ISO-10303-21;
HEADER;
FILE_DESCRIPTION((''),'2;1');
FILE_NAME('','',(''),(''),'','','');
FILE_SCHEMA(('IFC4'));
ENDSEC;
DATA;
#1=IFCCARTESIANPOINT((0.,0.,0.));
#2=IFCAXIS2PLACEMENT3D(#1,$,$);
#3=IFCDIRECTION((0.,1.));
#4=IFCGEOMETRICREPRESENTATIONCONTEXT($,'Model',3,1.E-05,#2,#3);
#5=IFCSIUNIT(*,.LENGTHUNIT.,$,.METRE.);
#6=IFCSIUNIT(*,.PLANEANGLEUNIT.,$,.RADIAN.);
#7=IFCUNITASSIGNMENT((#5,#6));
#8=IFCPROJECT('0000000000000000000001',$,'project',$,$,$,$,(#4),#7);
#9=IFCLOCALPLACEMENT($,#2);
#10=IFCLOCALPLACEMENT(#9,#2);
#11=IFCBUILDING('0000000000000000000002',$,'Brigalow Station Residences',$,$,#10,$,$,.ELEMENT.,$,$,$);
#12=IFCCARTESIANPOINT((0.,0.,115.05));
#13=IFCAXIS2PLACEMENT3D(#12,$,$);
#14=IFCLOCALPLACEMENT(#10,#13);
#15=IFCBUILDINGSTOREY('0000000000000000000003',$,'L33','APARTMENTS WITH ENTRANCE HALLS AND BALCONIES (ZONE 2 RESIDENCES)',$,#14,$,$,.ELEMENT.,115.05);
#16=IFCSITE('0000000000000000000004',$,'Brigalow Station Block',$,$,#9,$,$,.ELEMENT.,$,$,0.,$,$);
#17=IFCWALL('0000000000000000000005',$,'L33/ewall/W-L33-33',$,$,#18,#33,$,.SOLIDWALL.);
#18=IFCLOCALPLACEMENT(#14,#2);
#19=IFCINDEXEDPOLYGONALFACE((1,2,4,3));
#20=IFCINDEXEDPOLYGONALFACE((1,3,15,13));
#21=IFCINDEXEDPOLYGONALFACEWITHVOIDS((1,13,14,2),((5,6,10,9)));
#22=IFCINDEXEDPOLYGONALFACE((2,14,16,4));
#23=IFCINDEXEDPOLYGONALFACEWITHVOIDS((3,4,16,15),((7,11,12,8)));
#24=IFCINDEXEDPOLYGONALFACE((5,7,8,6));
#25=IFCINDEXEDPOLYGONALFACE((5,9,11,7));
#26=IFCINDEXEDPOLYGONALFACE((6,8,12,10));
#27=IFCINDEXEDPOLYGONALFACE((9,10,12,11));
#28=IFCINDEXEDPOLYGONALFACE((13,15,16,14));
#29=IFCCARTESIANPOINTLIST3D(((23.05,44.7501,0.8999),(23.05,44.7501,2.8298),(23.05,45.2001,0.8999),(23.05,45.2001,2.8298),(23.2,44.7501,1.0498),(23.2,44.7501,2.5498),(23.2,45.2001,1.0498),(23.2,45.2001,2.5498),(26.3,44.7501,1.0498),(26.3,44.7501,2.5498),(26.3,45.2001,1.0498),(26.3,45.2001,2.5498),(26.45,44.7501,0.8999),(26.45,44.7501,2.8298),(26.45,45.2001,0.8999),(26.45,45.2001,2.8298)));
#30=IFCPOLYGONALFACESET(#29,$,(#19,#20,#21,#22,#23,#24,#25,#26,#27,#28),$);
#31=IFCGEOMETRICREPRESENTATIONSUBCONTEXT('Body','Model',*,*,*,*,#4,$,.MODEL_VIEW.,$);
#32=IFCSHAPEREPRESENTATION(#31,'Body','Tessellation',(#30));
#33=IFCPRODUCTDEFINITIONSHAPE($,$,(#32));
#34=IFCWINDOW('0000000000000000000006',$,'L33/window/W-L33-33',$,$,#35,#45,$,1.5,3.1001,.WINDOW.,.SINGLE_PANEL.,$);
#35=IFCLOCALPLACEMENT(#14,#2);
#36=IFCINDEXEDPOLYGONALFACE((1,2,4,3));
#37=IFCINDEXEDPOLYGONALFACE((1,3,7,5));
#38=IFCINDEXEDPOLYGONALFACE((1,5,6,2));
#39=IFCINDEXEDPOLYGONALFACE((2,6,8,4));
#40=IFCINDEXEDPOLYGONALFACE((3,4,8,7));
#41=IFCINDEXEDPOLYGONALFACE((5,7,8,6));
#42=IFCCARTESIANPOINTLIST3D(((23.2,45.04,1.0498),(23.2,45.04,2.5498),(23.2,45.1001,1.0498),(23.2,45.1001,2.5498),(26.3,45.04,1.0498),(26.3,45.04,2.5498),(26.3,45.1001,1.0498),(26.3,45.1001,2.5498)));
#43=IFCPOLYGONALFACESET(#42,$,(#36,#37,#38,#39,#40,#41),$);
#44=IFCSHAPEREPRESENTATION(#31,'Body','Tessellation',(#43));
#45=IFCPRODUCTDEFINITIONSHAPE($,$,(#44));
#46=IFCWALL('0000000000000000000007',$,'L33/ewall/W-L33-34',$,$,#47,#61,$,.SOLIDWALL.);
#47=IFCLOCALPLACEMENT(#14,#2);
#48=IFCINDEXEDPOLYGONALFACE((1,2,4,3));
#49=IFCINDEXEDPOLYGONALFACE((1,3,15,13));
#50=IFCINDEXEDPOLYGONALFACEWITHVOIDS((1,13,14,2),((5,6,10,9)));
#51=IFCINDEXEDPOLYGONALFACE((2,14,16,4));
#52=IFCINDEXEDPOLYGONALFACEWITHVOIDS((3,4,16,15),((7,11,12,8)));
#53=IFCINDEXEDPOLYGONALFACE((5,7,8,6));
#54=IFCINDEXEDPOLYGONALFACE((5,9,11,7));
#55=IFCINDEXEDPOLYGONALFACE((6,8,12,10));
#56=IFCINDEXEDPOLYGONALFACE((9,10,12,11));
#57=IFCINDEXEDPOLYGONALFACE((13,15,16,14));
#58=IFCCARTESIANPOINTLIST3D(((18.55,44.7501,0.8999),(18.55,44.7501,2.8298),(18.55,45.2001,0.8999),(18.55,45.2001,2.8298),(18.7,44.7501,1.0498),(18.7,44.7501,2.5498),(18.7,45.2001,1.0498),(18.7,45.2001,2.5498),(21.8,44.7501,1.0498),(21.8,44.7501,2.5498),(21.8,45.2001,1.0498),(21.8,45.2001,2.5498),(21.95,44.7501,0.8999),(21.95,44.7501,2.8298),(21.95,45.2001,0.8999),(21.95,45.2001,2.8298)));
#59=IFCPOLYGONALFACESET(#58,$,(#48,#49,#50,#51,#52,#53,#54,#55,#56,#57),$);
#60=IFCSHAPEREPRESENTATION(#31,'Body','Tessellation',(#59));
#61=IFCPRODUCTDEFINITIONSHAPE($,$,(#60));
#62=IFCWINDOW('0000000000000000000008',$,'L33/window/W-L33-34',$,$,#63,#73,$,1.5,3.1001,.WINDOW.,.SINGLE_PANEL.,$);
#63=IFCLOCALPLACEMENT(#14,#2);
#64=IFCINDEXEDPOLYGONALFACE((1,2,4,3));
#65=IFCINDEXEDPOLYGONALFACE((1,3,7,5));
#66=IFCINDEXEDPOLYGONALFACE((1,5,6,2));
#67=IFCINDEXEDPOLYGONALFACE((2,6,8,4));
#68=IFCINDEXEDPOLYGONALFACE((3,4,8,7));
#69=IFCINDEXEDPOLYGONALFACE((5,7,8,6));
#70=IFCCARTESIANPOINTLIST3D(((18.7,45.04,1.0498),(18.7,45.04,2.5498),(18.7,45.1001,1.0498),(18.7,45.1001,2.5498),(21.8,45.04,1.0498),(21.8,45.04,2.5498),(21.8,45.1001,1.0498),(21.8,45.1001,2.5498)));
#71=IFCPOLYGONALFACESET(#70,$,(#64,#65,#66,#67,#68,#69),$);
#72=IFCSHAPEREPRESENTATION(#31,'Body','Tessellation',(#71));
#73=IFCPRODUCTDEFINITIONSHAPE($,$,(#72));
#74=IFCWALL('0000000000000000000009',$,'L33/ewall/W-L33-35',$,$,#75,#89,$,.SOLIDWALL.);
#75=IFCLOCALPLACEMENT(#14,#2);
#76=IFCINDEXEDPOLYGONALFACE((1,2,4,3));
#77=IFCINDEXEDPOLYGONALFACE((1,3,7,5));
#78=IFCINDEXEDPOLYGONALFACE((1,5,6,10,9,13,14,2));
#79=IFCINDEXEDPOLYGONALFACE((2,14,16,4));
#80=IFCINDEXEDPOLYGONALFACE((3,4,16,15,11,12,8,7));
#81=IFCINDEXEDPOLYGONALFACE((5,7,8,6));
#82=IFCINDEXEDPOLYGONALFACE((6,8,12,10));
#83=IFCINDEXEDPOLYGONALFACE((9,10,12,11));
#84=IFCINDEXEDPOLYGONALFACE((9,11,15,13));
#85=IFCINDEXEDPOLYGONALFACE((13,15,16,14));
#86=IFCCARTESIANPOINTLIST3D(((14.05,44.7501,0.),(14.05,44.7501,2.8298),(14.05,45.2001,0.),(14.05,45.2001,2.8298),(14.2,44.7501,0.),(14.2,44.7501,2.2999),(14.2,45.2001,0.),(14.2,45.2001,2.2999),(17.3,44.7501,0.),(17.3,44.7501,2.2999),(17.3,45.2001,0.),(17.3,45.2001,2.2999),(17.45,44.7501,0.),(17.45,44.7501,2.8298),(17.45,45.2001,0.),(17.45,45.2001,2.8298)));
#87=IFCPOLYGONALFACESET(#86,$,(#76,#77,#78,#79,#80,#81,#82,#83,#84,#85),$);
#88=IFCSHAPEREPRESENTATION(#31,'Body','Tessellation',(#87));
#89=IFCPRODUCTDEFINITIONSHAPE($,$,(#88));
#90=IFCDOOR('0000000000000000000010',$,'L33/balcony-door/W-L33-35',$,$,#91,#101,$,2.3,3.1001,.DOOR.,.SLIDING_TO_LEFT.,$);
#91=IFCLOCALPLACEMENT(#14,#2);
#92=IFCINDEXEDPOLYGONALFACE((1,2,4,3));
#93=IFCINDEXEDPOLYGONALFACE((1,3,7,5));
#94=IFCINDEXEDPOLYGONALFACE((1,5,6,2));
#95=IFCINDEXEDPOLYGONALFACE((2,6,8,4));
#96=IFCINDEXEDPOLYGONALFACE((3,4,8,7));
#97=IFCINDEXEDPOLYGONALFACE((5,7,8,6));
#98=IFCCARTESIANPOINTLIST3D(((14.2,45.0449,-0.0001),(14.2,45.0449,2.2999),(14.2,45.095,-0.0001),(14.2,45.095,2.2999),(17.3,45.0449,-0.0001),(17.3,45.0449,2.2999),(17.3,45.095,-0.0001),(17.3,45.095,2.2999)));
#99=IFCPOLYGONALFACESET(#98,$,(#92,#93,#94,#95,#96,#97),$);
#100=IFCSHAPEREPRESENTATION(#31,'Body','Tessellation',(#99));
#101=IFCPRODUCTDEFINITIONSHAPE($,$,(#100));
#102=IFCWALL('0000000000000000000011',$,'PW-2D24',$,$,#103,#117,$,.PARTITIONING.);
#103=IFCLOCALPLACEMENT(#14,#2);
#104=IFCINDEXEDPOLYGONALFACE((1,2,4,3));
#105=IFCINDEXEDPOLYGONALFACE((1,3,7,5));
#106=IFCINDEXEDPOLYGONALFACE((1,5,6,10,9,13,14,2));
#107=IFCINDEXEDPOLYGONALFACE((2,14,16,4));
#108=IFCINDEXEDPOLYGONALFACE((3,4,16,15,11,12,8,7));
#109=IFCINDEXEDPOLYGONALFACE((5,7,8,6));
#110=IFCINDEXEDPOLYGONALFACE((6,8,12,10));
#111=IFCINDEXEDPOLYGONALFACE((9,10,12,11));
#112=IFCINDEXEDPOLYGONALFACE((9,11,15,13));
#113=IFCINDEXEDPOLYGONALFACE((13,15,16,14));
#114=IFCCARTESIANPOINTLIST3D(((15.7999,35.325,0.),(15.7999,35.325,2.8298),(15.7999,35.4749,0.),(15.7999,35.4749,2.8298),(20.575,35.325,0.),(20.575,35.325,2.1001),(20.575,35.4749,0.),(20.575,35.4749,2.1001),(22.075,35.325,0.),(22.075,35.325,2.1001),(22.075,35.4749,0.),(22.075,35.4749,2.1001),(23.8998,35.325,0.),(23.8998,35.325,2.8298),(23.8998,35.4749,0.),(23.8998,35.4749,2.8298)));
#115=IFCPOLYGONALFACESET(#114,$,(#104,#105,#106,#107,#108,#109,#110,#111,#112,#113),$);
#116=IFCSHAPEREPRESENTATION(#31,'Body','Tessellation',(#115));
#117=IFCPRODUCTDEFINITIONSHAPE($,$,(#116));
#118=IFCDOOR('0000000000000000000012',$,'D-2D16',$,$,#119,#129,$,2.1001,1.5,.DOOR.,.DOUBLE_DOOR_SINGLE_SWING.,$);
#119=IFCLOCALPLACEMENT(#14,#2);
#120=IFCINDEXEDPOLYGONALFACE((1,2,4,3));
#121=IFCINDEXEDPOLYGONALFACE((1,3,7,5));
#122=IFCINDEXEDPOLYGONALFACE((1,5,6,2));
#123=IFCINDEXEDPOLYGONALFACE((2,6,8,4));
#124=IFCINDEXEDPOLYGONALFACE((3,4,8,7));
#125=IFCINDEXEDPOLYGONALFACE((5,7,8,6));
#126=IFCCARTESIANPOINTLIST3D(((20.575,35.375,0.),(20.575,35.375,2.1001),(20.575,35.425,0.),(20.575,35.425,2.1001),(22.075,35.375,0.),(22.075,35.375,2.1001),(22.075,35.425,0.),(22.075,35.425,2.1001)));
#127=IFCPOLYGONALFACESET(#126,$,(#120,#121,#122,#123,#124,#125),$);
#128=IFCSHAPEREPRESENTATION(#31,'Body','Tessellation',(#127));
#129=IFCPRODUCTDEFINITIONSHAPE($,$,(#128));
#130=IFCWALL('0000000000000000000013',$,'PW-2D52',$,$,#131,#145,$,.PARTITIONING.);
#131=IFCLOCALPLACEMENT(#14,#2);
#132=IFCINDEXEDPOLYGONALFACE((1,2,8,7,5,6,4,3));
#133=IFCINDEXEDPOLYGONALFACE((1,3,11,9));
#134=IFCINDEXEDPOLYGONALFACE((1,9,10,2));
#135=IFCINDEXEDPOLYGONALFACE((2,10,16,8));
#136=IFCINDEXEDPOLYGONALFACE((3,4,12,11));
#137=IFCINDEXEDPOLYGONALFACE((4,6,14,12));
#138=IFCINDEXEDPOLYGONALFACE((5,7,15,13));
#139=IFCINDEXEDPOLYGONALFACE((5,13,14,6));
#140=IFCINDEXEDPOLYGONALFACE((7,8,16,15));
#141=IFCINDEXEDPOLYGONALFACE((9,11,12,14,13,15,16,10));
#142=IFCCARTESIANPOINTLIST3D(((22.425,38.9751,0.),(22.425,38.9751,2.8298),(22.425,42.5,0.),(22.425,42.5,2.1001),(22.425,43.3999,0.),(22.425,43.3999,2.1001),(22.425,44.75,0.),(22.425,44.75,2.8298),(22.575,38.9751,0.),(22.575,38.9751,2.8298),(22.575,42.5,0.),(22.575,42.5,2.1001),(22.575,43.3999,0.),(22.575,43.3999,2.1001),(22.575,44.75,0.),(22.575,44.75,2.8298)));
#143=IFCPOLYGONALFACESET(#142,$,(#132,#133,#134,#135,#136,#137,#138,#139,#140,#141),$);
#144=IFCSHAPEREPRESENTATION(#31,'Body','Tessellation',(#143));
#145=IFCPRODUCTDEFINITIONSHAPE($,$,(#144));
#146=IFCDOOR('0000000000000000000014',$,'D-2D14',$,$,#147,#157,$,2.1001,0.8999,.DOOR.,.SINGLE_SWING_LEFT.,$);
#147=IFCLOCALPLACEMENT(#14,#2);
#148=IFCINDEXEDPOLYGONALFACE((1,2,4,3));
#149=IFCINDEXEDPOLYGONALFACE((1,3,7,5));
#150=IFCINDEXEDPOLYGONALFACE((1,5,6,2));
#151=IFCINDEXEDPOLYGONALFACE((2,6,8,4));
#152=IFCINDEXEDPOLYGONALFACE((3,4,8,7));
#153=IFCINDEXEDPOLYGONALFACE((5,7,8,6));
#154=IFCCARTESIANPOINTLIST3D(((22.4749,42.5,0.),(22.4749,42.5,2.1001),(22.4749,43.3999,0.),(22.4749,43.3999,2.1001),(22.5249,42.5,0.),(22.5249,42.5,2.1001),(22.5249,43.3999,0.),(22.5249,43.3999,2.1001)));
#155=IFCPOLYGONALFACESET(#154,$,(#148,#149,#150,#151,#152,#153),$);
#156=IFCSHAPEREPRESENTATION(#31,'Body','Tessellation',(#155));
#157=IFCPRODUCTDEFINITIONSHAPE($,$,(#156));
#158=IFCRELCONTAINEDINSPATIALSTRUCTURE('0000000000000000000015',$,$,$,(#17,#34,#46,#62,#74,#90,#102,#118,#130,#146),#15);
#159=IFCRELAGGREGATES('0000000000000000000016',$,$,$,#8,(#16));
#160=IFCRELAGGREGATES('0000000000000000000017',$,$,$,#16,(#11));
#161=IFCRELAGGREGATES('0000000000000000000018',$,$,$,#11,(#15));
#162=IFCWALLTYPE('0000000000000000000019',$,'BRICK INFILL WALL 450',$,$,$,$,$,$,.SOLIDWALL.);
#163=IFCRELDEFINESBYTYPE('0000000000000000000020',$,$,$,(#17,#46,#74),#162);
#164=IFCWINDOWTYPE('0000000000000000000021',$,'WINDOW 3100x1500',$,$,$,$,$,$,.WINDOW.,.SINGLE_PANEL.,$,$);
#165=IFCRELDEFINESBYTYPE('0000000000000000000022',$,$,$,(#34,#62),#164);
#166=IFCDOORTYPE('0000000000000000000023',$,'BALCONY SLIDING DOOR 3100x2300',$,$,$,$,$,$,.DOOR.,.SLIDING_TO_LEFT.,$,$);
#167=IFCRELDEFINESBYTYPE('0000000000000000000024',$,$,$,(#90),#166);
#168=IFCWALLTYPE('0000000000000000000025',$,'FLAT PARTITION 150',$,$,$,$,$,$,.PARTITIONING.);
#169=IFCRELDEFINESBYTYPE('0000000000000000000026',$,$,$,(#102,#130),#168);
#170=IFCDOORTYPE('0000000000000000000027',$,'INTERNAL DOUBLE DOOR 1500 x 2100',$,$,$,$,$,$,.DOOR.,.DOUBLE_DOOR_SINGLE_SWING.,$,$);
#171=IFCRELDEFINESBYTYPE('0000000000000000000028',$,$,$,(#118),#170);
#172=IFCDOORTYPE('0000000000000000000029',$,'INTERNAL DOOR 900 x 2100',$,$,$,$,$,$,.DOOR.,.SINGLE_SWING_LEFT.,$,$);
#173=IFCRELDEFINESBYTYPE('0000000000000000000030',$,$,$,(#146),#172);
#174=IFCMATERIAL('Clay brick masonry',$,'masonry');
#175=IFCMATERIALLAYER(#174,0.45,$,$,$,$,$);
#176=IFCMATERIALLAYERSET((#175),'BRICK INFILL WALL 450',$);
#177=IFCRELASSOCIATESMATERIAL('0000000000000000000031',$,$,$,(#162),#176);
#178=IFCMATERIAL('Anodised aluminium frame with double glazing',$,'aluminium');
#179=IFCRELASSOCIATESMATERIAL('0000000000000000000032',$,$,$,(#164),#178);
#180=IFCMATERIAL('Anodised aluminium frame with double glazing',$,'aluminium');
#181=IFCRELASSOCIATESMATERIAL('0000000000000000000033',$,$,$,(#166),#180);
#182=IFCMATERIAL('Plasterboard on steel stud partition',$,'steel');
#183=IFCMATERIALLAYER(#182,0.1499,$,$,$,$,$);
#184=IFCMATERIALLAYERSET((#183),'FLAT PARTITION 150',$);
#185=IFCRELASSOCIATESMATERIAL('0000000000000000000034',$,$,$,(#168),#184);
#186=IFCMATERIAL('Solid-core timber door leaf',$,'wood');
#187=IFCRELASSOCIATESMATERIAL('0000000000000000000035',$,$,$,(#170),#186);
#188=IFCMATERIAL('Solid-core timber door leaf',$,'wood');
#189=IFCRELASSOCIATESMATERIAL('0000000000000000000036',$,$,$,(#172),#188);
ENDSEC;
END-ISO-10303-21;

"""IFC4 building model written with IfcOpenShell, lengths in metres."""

from ifc_helpers import new_model, si_unit, direction, frame, frame_2d, origin, place, context, subcontext, project, spatial, rectangle, extrude, material, layer, layer_set, type_object, element, fill, save


model = new_model("IFC4")

# Units and contexts
model_context = context("Model", 3, precision=1e-05, world=origin(), true_north=direction((0.0, 1.0)))
body_context = subcontext(model_context, "Body", "Model", "MODEL_VIEW")
ifc_project = project(units=[si_unit("LENGTHUNIT", "METRE"), si_unit("PLANEANGLEUNIT", "RADIAN")], contexts=[model_context])

# Site, building, storey
site_placement = place(None, origin())
site = spatial("IfcSite", under=ifc_project, at=site_placement, Name="Brigalow Station Block", CompositionType="ELEMENT", RefElevation=0.0)
building_placement = place(site_placement, origin())
building = spatial("IfcBuilding", under=site, at=building_placement, Name="Brigalow Station Residences", CompositionType="ELEMENT")
storey_placement = place(building_placement, frame((0.0, 0.0, 115.05)))
storey = spatial("IfcBuildingStorey", under=building, at=storey_placement, Name="L33", Description="APARTMENTS WITH ENTRANCE HALLS AND BALCONIES (ZONE 2 RESIDENCES)", CompositionType="ELEMENT", Elevation=115.05)

# Walls, openings, windows
ifc_material_1 = material(Name="Clay brick masonry", Category="masonry")
ifc_layer_1 = layer(ifc_material_1, 0.45)
ifc_layer_set_1 = layer_set([ifc_layer_1], Name="BRICK INFILL WALL 450")
wall_type_1 = type_object("IfcWallType", Name="BRICK INFILL WALL 450", PredefinedType="SOLIDWALL", material=ifc_layer_set_1)
wall_1_placement = place(storey_placement, frame((26.45, 44.9751, 0.8999), z_axis=(0.0, 0.0, 1.0), x_axis=(-1.0, 0.0, 0.0)))
wall_1 = element("IfcWall", 1, at=wall_1_placement, inside=storey, type_object=wall_type_1, Name="L33/ewall/W-L33-33", PredefinedType="SOLIDWALL", context=body_context, shape_type="SweptSolid", body=[
    extrude(rectangle(XDim=3.3999, YDim=0.45, at=frame_2d((1.7, 0.0))), origin(), (0.0, 0.0, 1.0), 1.9299),
])
opening_1_placement = place(wall_1_placement, frame((0.1499, 0.0, 0.1499)))
opening_1 = element("IfcOpeningElement", 2, at=opening_1_placement, cuts=wall_1, PredefinedType="OPENING", context=body_context, shape_type="SweptSolid", body=[
    extrude(rectangle(XDim=3.1001, YDim=1.5, at=frame_2d((1.55, 0.75))), frame((0.0, 0.2349, 0.0), z_axis=(0.0, -1.0, 0.0), x_axis=(1.0, 0.0, 0.0)), (0.0, 0.0, 1.0), 0.47),
])
ifc_material_2 = material(Name="Anodised aluminium frame with double glazing", Category="aluminium")
window_type = type_object("IfcWindowType", Name="WINDOW 3100x1500", PartitioningType="SINGLE_PANEL", PredefinedType="WINDOW", material=ifc_material_2)
window_1_placement = place(opening_1_placement, origin())
window_1 = element("IfcWindow", 3, at=window_1_placement, inside=storey, type_object=window_type, Name="L33/window/W-L33-33", OverallHeight=1.5, OverallWidth=3.1001, PartitioningType="SINGLE_PANEL", PredefinedType="WINDOW", context=body_context, shape_type="SweptSolid", body=[
    extrude(rectangle(XDim=3.1001, YDim=1.5, at=frame_2d((1.55, 0.75))), frame((0.0, -0.0649, 0.0), z_axis=(0.0, -1.0, 0.0), x_axis=(1.0, 0.0, 0.0)), (0.0, 0.0, 1.0), 0.0601),
])
fill(opening_1, window_1)
wall_2_placement = place(storey_placement, frame((21.95, 44.9751, 0.8999), z_axis=(0.0, 0.0, 1.0), x_axis=(-1.0, 0.0, 0.0)))
wall_2 = element("IfcWall", 4, at=wall_2_placement, inside=storey, type_object=wall_type_1, Name="L33/ewall/W-L33-34", PredefinedType="SOLIDWALL", context=body_context, shape_type="SweptSolid", body=[
    extrude(rectangle(XDim=3.3999, YDim=0.45, at=frame_2d((1.7, 0.0))), origin(), (0.0, 0.0, 1.0), 1.9299),
])
opening_2_placement = place(wall_2_placement, frame((0.1499, 0.0, 0.1499)))
opening_2 = element("IfcOpeningElement", 5, at=opening_2_placement, cuts=wall_2, PredefinedType="OPENING", context=body_context, shape_type="SweptSolid", body=[
    extrude(rectangle(XDim=3.1001, YDim=1.5, at=frame_2d((1.55, 0.75))), frame((0.0, 0.2349, 0.0), z_axis=(0.0, -1.0, 0.0), x_axis=(1.0, 0.0, 0.0)), (0.0, 0.0, 1.0), 0.47),
])
window_2_placement = place(opening_2_placement, origin())
window_2 = element("IfcWindow", 6, at=window_2_placement, inside=storey, type_object=window_type, Name="L33/window/W-L33-34", OverallHeight=1.5, OverallWidth=3.1001, PartitioningType="SINGLE_PANEL", PredefinedType="WINDOW", context=body_context, shape_type="SweptSolid", body=[
    extrude(rectangle(XDim=3.1001, YDim=1.5, at=frame_2d((1.55, 0.75))), frame((0.0, -0.0649, 0.0), z_axis=(0.0, -1.0, 0.0), x_axis=(1.0, 0.0, 0.0)), (0.0, 0.0, 1.0), 0.0601),
])
fill(opening_2, window_2)

# Walls, openings, doors
wall_3_placement = place(storey_placement, frame((17.45, 44.9751, 0.0), z_axis=(0.0, 0.0, 1.0), x_axis=(-1.0, 0.0, 0.0)))
wall_3 = element("IfcWall", 7, at=wall_3_placement, inside=storey, type_object=wall_type_1, Name="L33/ewall/W-L33-35", PredefinedType="SOLIDWALL", context=body_context, shape_type="SweptSolid", body=[
    extrude(rectangle(XDim=3.3999, YDim=0.45, at=frame_2d((1.7, 0.0))), origin(), (0.0, 0.0, 1.0), 2.8298),
])
opening_3_placement = place(wall_3_placement, frame((0.1499, 0.0, 0.0)))
opening_3 = element("IfcOpeningElement", 8, at=opening_3_placement, cuts=wall_3, PredefinedType="OPENING", context=body_context, shape_type="SweptSolid", body=[
    extrude(rectangle(XDim=3.1001, YDim=2.3, at=frame_2d((1.55, 1.1499))), frame((0.0, 0.2349, 0.0), z_axis=(0.0, -1.0, 0.0), x_axis=(1.0, 0.0, 0.0)), (0.0, 0.0, 1.0), 0.47),
])
ifc_material_3 = material(Name="Anodised aluminium frame with double glazing", Category="aluminium")
door_type_1 = type_object("IfcDoorType", Name="BALCONY SLIDING DOOR 3100x2300", OperationType="SLIDING_TO_LEFT", PredefinedType="DOOR", material=ifc_material_3)
door_1_placement = place(opening_3_placement, origin())
door_1 = element("IfcDoor", 9, at=door_1_placement, inside=storey, type_object=door_type_1, Name="L33/balcony-door/W-L33-35", OperationType="SLIDING_TO_LEFT", OverallHeight=2.3, OverallWidth=3.1001, PredefinedType="DOOR", context=body_context, shape_type="SweptSolid", body=[
    extrude(rectangle(XDim=3.1001, YDim=2.3, at=frame_2d((1.55, 1.1499))), frame((0.0, -0.0698, 0.0), z_axis=(0.0, -1.0, 0.0), x_axis=(1.0, 0.0, 0.0)), (0.0, 0.0, 1.0), 0.05),
])
fill(opening_3, door_1)
ifc_material_4 = material(Name="Plasterboard on steel stud partition", Category="steel")
ifc_layer_2 = layer(ifc_material_4, 0.1499)
ifc_layer_set_2 = layer_set([ifc_layer_2], Name="FLAT PARTITION 150")
wall_type_2 = type_object("IfcWallType", Name="FLAT PARTITION 150", PredefinedType="PARTITIONING", material=ifc_layer_set_2)
wall_4_placement = place(storey_placement, frame((15.8, 35.3999, 0.0), z_axis=(0.0, 0.0, 1.0), x_axis=(1.0, 0.0, 0.0)))
wall_4 = element("IfcWall", 10, at=wall_4_placement, inside=storey, type_object=wall_type_2, Name="PW-2D24", PredefinedType="PARTITIONING", context=body_context, shape_type="SweptSolid", body=[
    extrude(rectangle(XDim=8.0999, YDim=0.1499, at=frame_2d((4.0498, 0.0))), origin(), (0.0, 0.0, 1.0), 2.8298),
])
opening_4_placement = place(wall_4_placement, frame((4.7749, 0.0, 0.0)))
opening_4 = element("IfcOpeningElement", 11, at=opening_4_placement, cuts=wall_4, PredefinedType="OPENING", context=body_context, shape_type="SweptSolid", body=[
    extrude(rectangle(XDim=1.5, YDim=2.1001, at=frame_2d((0.75, 1.05))), frame((0.0, 0.085, 0.0), z_axis=(0.0, -1.0, 0.0), x_axis=(1.0, 0.0, 0.0)), (0.0, 0.0, 1.0), 0.1699),
])
ifc_material_5 = material(Name="Solid-core timber door leaf", Category="wood")
door_type_2 = type_object("IfcDoorType", Name="INTERNAL DOUBLE DOOR 1500 x 2100", OperationType="DOUBLE_DOOR_SINGLE_SWING", PredefinedType="DOOR", material=ifc_material_5)
door_2_placement = place(opening_4_placement, frame((1.5, 0.0, 0.0), z_axis=(0.0, 0.0, 1.0), x_axis=(-1.0, 0.0, 0.0)))
door_2 = element("IfcDoor", 12, at=door_2_placement, inside=storey, type_object=door_type_2, Name="D-2D16", OperationType="DOUBLE_DOOR_SINGLE_SWING", OverallHeight=2.1001, OverallWidth=1.5, PredefinedType="DOOR", context=body_context, shape_type="SweptSolid", body=[
    extrude(rectangle(XDim=1.5, YDim=2.1001, at=frame_2d((0.75, 1.05))), frame((0.0, 0.0249, 0.0), z_axis=(0.0, -1.0, 0.0), x_axis=(1.0, 0.0, 0.0)), (0.0, 0.0, 1.0), 0.05),
])
fill(opening_4, door_2)
wall_5_placement = place(storey_placement, frame((22.5, 38.9751, 0.0), z_axis=(0.0, 0.0, 1.0), x_axis=(0.0, 1.0, 0.0)))
wall_5 = element("IfcWall", 13, at=wall_5_placement, inside=storey, type_object=wall_type_2, Name="PW-2D52", PredefinedType="PARTITIONING", context=body_context, shape_type="SweptSolid", body=[
    extrude(rectangle(XDim=5.7749, YDim=0.1499, at=frame_2d((2.8875, 0.0))), origin(), (0.0, 0.0, 1.0), 2.8298),
])
opening_5_placement = place(wall_5_placement, frame((3.5249, 0.0, 0.0)))
opening_5 = element("IfcOpeningElement", 14, at=opening_5_placement, cuts=wall_5, PredefinedType="OPENING", context=body_context, shape_type="SweptSolid", body=[
    extrude(rectangle(XDim=0.8999, YDim=2.1001, at=frame_2d((0.45, 1.05))), frame((0.0, 0.085, 0.0), z_axis=(0.0, -1.0, 0.0), x_axis=(1.0, 0.0, 0.0)), (0.0, 0.0, 1.0), 0.1699),
])
ifc_material_6 = material(Name="Solid-core timber door leaf", Category="wood")
door_type_3 = type_object("IfcDoorType", Name="INTERNAL DOOR 900 x 2100", OperationType="SINGLE_SWING_LEFT", PredefinedType="DOOR", material=ifc_material_6)
door_3_placement = place(opening_5_placement, frame((0.8999, 0.0, 0.0), z_axis=(0.0, 0.0, 1.0), x_axis=(-1.0, 0.0, 0.0)))
door_3 = element("IfcDoor", 15, at=door_3_placement, inside=storey, type_object=door_type_3, Name="D-2D14", OperationType="SINGLE_SWING_LEFT", OverallHeight=2.1001, OverallWidth=0.8999, PredefinedType="DOOR", context=body_context, shape_type="SweptSolid", body=[
    extrude(rectangle(XDim=0.8999, YDim=2.1001, at=frame_2d((0.45, 1.05))), frame((0.0, 0.0249, 0.0), z_axis=(0.0, -1.0, 0.0), x_axis=(1.0, 0.0, 0.0)), (0.0, 0.0, 1.0), 0.05),
])
fill(opening_5, door_3)

save(model, "model.ifc")
